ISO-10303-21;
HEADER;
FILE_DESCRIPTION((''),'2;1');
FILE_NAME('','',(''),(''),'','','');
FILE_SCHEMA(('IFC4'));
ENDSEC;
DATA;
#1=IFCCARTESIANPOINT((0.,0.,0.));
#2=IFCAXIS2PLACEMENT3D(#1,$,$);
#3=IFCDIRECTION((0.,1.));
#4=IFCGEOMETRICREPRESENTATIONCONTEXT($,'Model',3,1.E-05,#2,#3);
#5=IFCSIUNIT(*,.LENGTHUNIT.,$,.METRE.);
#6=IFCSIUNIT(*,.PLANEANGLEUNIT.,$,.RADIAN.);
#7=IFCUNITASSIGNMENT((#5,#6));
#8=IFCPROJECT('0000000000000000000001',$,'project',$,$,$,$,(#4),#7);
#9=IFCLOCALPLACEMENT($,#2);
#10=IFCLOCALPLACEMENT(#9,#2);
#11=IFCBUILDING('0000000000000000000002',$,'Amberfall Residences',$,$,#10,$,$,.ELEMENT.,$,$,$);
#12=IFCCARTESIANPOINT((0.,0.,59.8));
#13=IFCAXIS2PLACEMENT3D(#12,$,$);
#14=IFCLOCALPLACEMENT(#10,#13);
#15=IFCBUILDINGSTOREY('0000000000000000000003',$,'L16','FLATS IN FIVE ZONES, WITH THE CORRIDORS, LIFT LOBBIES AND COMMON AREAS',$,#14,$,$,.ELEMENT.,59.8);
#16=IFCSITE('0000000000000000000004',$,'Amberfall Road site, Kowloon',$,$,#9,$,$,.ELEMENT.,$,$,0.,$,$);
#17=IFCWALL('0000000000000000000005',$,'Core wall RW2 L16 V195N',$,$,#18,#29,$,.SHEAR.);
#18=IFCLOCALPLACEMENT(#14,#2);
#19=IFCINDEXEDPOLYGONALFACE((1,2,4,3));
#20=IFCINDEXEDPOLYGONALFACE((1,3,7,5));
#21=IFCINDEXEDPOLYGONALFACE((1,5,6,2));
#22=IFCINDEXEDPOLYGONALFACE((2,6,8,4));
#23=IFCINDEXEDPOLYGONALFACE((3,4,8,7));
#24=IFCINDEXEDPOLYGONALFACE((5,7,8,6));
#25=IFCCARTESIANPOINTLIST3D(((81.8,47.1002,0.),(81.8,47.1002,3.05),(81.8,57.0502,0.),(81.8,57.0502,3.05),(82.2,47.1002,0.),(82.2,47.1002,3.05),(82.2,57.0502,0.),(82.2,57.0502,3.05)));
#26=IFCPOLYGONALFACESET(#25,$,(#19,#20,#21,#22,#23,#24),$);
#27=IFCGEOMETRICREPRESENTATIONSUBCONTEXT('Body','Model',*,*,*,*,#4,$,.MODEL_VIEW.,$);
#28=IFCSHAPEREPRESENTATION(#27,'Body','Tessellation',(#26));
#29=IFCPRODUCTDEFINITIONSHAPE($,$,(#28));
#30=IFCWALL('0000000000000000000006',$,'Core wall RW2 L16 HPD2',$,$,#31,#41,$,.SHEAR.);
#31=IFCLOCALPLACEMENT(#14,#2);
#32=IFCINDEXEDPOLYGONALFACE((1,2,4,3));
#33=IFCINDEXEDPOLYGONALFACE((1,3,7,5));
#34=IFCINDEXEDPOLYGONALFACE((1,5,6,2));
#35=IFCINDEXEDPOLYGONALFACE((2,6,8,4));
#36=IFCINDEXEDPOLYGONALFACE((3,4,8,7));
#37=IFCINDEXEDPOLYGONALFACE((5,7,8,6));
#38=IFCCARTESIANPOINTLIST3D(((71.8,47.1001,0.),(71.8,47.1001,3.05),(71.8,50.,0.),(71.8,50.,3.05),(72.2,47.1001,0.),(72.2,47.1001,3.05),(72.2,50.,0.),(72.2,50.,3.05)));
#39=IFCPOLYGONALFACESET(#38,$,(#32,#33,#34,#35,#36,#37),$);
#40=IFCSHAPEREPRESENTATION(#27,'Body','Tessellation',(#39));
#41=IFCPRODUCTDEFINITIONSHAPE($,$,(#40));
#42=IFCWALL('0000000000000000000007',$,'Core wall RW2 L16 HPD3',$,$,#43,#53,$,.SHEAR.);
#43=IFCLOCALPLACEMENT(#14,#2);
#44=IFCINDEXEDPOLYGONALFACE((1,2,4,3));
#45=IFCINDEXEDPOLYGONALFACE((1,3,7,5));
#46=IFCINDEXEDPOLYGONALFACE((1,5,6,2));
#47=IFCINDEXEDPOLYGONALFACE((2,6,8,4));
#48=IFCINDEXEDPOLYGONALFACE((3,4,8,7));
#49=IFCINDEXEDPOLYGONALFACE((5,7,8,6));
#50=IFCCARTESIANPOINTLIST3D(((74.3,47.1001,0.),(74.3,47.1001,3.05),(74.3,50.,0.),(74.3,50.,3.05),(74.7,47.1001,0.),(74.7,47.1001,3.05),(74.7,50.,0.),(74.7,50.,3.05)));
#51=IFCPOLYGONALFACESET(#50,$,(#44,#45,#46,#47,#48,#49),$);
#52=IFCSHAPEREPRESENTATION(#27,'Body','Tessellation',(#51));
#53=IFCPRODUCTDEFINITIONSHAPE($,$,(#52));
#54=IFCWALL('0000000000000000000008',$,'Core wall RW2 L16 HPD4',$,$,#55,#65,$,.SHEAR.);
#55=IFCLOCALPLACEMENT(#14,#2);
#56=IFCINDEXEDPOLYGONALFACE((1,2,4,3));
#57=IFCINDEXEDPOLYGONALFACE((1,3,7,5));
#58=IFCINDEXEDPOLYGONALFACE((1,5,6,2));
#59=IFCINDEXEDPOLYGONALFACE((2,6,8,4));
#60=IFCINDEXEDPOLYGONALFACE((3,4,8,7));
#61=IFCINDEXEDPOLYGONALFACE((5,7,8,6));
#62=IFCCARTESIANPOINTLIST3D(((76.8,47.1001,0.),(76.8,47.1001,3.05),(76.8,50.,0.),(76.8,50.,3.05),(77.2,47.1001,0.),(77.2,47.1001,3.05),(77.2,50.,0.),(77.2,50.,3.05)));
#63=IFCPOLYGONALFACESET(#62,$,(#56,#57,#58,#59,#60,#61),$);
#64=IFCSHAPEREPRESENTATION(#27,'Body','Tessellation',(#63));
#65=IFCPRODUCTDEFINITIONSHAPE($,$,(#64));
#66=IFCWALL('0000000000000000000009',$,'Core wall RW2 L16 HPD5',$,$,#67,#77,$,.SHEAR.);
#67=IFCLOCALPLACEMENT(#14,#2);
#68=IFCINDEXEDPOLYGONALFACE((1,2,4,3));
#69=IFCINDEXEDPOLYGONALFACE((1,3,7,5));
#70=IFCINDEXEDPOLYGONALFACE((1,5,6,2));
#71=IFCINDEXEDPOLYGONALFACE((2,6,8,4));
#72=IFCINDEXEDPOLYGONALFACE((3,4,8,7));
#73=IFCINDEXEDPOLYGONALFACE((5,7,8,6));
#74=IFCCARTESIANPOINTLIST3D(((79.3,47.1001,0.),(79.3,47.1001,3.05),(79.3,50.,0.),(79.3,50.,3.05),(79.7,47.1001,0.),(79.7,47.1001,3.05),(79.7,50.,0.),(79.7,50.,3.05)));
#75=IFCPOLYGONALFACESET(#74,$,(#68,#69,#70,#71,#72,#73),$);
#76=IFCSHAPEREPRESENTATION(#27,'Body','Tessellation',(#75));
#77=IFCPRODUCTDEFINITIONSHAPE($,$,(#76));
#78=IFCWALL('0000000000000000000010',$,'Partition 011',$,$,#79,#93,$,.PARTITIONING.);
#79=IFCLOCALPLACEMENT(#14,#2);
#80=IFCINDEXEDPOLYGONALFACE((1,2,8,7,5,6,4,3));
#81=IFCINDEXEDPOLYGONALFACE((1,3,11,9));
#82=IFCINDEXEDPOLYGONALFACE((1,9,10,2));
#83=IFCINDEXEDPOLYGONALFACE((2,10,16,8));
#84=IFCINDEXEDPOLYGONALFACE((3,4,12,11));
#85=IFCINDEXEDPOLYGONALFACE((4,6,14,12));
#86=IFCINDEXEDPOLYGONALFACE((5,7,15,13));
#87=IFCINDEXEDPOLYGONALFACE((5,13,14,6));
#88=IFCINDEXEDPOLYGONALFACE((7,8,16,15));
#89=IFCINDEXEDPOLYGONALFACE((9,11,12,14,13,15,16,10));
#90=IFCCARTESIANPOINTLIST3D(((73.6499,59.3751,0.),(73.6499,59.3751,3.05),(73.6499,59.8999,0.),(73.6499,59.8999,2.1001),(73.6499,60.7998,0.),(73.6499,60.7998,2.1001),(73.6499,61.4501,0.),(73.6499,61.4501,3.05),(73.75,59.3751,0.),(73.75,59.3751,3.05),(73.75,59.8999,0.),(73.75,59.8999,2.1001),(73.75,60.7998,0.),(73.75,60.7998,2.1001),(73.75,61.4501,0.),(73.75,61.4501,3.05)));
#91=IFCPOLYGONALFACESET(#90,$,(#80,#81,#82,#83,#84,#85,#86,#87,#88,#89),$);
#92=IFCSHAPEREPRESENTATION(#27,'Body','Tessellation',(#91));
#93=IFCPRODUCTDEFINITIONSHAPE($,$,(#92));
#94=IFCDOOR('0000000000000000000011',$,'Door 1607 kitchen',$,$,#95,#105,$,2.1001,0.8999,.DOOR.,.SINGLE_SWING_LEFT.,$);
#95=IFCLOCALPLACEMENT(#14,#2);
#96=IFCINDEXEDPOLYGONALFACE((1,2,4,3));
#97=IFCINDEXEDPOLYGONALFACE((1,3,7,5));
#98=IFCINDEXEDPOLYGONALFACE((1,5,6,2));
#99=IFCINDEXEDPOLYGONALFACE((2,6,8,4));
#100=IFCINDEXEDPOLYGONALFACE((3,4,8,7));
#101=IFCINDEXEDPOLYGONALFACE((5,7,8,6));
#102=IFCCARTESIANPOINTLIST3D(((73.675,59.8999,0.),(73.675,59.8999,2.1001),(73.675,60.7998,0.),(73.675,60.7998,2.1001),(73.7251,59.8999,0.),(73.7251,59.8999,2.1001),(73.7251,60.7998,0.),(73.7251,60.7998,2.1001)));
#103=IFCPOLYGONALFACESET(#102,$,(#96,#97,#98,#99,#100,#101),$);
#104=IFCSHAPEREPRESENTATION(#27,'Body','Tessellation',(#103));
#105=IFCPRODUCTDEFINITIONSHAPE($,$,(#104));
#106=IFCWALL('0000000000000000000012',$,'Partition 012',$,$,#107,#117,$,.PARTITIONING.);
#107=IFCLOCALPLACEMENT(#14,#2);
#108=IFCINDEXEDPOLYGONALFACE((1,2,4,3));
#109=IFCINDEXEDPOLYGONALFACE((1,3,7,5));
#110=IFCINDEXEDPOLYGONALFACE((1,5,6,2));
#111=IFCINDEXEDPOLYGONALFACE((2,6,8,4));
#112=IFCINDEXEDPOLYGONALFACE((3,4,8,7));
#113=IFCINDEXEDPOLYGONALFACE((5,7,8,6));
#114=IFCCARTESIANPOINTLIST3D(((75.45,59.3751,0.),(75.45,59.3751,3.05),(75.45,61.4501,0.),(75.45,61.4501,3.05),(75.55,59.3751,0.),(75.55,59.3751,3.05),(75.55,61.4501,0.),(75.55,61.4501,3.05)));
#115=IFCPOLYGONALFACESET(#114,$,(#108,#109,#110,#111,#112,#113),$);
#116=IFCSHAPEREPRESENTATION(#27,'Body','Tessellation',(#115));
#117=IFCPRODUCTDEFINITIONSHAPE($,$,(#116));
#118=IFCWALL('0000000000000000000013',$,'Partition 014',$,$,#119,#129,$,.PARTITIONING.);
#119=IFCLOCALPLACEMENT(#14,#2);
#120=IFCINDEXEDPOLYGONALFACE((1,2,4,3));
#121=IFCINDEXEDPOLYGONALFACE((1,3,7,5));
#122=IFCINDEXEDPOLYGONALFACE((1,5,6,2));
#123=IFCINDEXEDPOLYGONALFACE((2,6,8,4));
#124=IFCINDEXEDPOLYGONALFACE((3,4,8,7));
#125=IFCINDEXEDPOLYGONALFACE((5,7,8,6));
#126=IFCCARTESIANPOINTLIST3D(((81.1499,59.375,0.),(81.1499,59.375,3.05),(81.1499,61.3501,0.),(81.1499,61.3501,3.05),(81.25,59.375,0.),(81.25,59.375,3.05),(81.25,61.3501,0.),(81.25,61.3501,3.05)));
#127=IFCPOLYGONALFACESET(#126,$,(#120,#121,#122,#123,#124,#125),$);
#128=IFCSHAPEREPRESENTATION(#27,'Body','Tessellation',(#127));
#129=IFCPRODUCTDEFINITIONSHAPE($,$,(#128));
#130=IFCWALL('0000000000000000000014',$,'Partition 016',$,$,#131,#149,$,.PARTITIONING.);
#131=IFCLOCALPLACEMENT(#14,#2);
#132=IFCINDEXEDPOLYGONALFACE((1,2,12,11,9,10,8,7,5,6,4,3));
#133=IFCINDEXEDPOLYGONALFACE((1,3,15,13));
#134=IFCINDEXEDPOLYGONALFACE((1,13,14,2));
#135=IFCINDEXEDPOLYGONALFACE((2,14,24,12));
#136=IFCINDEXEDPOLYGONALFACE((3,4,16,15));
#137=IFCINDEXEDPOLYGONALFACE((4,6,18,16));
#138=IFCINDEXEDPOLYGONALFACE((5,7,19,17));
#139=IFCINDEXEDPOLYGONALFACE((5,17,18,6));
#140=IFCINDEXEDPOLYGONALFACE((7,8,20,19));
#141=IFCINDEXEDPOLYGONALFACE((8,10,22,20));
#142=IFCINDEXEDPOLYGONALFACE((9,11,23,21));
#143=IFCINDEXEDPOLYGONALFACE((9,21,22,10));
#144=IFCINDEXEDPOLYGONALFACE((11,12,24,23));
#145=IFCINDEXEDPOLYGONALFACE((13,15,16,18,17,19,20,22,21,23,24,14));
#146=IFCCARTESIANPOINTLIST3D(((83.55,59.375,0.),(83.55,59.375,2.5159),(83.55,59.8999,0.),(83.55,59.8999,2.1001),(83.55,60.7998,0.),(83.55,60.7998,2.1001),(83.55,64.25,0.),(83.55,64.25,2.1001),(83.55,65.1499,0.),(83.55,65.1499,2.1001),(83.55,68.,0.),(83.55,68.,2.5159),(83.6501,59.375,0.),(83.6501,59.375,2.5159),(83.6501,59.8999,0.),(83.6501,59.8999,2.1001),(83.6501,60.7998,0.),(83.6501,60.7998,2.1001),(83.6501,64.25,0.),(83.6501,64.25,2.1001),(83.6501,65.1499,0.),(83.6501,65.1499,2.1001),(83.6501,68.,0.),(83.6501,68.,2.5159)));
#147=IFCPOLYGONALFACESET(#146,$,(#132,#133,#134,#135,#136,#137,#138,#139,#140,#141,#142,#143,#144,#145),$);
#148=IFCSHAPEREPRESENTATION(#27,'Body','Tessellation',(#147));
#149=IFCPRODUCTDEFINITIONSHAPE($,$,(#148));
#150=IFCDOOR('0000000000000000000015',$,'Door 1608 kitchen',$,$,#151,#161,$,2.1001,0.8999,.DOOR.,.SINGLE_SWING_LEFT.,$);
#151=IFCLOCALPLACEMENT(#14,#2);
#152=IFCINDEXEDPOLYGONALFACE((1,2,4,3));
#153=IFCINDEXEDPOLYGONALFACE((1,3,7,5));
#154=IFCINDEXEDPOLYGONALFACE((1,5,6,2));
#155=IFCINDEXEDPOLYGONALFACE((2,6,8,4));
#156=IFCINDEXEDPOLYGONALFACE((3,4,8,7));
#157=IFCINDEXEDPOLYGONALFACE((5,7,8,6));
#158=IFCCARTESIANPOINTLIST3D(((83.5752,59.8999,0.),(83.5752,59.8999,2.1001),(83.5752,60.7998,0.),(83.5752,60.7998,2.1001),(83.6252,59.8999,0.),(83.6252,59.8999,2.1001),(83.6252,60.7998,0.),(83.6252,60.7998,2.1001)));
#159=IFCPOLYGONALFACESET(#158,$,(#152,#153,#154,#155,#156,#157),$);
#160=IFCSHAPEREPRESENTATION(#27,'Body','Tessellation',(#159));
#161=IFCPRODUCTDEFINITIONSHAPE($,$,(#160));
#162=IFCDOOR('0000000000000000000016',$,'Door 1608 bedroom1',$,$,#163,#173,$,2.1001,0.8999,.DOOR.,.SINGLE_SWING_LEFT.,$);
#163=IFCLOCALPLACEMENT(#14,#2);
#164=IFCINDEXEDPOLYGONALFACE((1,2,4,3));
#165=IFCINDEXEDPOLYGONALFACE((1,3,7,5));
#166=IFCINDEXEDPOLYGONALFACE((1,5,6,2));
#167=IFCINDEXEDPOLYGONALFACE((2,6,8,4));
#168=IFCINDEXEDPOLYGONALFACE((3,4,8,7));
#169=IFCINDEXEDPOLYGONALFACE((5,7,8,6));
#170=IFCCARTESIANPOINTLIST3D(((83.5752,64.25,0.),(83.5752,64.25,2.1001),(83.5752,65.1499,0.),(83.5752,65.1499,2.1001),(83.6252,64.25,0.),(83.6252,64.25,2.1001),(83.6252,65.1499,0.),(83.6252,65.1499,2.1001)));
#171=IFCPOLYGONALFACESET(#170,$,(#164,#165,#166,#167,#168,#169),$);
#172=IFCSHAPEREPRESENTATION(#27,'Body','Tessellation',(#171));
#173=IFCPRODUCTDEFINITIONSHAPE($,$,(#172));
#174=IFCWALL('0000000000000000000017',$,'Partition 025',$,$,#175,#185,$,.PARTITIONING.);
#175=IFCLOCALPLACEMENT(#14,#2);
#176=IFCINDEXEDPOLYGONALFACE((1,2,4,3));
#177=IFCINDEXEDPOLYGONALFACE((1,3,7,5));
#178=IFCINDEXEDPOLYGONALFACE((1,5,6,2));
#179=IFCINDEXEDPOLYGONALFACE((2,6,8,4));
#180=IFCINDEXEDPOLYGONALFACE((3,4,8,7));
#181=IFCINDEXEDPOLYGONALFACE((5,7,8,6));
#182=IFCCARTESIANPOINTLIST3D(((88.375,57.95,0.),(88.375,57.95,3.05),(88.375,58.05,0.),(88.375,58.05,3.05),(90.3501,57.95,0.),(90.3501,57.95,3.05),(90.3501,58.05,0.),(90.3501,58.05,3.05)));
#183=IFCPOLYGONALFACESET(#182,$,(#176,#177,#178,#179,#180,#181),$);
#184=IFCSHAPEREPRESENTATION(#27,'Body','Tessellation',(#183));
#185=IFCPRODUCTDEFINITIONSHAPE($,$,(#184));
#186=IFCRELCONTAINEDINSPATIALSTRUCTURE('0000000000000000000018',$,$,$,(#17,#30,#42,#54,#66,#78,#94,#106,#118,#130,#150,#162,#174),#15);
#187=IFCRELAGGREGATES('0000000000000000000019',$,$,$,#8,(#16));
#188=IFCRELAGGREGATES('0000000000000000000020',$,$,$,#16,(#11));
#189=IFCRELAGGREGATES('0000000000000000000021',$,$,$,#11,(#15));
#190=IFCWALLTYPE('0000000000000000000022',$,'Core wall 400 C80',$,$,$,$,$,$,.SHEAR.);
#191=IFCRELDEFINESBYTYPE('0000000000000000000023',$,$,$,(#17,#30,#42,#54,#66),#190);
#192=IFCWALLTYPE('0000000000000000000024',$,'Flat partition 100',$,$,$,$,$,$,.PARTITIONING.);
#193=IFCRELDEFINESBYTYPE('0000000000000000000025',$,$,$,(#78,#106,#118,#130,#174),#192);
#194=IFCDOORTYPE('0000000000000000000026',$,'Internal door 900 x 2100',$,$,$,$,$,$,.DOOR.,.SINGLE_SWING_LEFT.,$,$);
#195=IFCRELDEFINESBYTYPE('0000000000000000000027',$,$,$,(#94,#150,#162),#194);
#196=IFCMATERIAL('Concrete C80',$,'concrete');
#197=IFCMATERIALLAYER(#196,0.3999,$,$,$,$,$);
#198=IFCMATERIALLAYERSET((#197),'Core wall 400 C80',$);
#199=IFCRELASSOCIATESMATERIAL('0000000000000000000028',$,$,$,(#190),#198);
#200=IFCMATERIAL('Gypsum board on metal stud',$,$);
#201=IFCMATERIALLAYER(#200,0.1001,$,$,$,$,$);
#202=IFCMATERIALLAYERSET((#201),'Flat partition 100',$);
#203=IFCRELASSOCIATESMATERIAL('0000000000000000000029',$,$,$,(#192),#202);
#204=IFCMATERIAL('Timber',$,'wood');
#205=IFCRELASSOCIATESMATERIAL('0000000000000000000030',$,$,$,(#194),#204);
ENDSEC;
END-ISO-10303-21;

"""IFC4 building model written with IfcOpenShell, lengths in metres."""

from ifc_helpers import new_model, si_unit, direction, frame, frame_2d, origin, place, context, subcontext, project, spatial, rectangle, extrude, material, layer, layer_set, type_object, element, fill, save


model = new_model("IFC4")

# Units and contexts
model_context = context("Model", 3, precision=1e-05, world=origin(), true_north=direction((0.0, 1.0)))
body_context = subcontext(model_context, "Body", "Model", "MODEL_VIEW")
ifc_project = project(units=[si_unit("LENGTHUNIT", "METRE"), si_unit("PLANEANGLEUNIT", "RADIAN")], contexts=[model_context])

# Site, building, storey
site_placement = place(None, origin())
site = spatial("IfcSite", under=ifc_project, at=site_placement, Name="Amberfall Road site, Kowloon", CompositionType="ELEMENT", RefElevation=0.0)
building_placement = place(site_placement, origin())
building = spatial("IfcBuilding", under=site, at=building_placement, Name="Amberfall Residences", CompositionType="ELEMENT")
storey_placement = place(building_placement, frame((0.0, 0.0, 59.8)))
storey = spatial("IfcBuildingStorey", under=building, at=storey_placement, Name="L16", Description="FLATS IN FIVE ZONES, WITH THE CORRIDORS, LIFT LOBBIES AND COMMON AREAS", CompositionType="ELEMENT", Elevation=59.8)

# Walls
ifc_material_1 = material(Name="Concrete C80", Category="concrete")
ifc_layer_1 = layer(ifc_material_1, 0.3999)
ifc_layer_set_1 = layer_set([ifc_layer_1], Name="Core wall 400 C80")
wall_type_1 = type_object("IfcWallType", Name="Core wall 400 C80", PredefinedType="SHEAR", material=ifc_layer_set_1)
wall_1_placement = place(storey_placement, frame((82.0, 47.1001, 0.0), z_axis=(0.0, 0.0, 1.0), x_axis=(0.0, 1.0, 0.0)))
element("IfcWall", 1, at=wall_1_placement, inside=storey, type_object=wall_type_1, Name="Core wall RW2 L16 V195N", PredefinedType="SHEAR", context=body_context, shape_type="SweptSolid", body=[
    extrude(rectangle(XDim=9.95, YDim=0.3999, at=frame_2d((4.9751, 0.0))), origin(), (0.0, 0.0, 1.0), 3.05),
])
for number, where, z_axis, x_axis, name in (
    (2, (72.0, 47.1001, 0.0), (0.0, 0.0, 1.0), (0.0, 1.0, 0.0), "Core wall RW2 L16 HPD2"),
    (3, (74.5, 47.1001, 0.0), (0.0, 0.0, 1.0), (0.0, 1.0, 0.0), "Core wall RW2 L16 HPD3"),
    (4, (77.0, 47.1001, 0.0), (0.0, 0.0, 1.0), (0.0, 1.0, 0.0), "Core wall RW2 L16 HPD4"),
    (5, (79.5, 47.1001, 0.0), (0.0, 0.0, 1.0), (0.0, 1.0, 0.0), "Core wall RW2 L16 HPD5"),
):
    element("IfcWall", number, at=place(storey_placement, frame(where, z_axis=z_axis, x_axis=x_axis)), inside=storey, type_object=wall_type_1, Name=name, PredefinedType="SHEAR", context=body_context, shape_type="SweptSolid", body=[
        extrude(rectangle(XDim=2.8999, YDim=0.3999, at=frame_2d((1.45, 0.0))), origin(), (0.0, 0.0, 1.0), 3.05),
    ])

# Wall, opening, door
ifc_material_2 = material(Name="Gypsum board on metal stud")
ifc_layer_2 = layer(ifc_material_2, 0.1001)
ifc_layer_set_2 = layer_set([ifc_layer_2], Name="Flat partition 100")
wall_type_2 = type_object("IfcWallType", Name="Flat partition 100", PredefinedType="PARTITIONING", material=ifc_layer_set_2)
wall_2_placement = place(storey_placement, frame((73.7, 59.375, 0.0), z_axis=(0.0, 0.0, 1.0), x_axis=(0.0, 1.0, 0.0)))
wall_2 = element("IfcWall", 6, at=wall_2_placement, inside=storey, type_object=wall_type_2, Name="Partition 011", PredefinedType="PARTITIONING", context=body_context, shape_type="SweptSolid", body=[
    extrude(rectangle(XDim=2.075, YDim=0.1001, at=frame_2d((1.0376, 0.0))), origin(), (0.0, 0.0, 1.0), 3.05),
])
opening_1_placement = place(wall_2_placement, frame((0.5249, 0.0, 0.0)))
opening_1 = element("IfcOpeningElement", 7, at=opening_1_placement, cuts=wall_2, PredefinedType="OPENING", context=body_context, shape_type="SweptSolid", body=[
    extrude(rectangle(XDim=0.8999, YDim=2.1001, at=frame_2d((0.45, 1.05))), frame((0.0, 0.0601, 0.0), z_axis=(0.0, -1.0, 0.0), x_axis=(1.0, 0.0, 0.0)), (0.0, 0.0, 1.0), 0.1201),
])
ifc_material_3 = material(Name="Timber", Category="wood")
door_type_1 = type_object("IfcDoorType", Name="Internal door 900 x 2100", OperationType="SINGLE_SWING_LEFT", PredefinedType="DOOR", material=ifc_material_3)
door_1_placement = place(opening_1_placement, origin())
door_1 = element("IfcDoor", 8, at=door_1_placement, inside=storey, type_object=door_type_1, Name="Door 1607 kitchen", OperationType="SINGLE_SWING_LEFT", OverallHeight=2.1001, OverallWidth=0.8999, PredefinedType="DOOR", context=body_context, shape_type="SweptSolid", body=[
    extrude(rectangle(XDim=0.8999, YDim=2.1001, at=frame_2d((0.45, 1.05))), frame((0.0, 0.0249, 0.0), z_axis=(0.0, -1.0, 0.0), x_axis=(1.0, 0.0, 0.0)), (0.0, 0.0, 1.0), 0.05),
])
fill(opening_1, door_1)

# Walls
wall_3_placement = place(storey_placement, frame((75.5, 59.375, 0.0), z_axis=(0.0, 0.0, 1.0), x_axis=(0.0, 1.0, 0.0)))
element("IfcWall", 9, at=wall_3_placement, inside=storey, type_object=wall_type_2, Name="Partition 012", PredefinedType="PARTITIONING", context=body_context, shape_type="SweptSolid", body=[
    extrude(rectangle(XDim=2.075, YDim=0.1001, at=frame_2d((1.0376, 0.0))), origin(), (0.0, 0.0, 1.0), 3.05),
])
wall_4_placement = place(storey_placement, frame((81.2, 59.375, 0.0), z_axis=(0.0, 0.0, 1.0), x_axis=(0.0, 1.0, 0.0)))
element("IfcWall", 10, at=wall_4_placement, inside=storey, type_object=wall_type_2, Name="Partition 014", PredefinedType="PARTITIONING", context=body_context, shape_type="SweptSolid", body=[
    extrude(rectangle(XDim=1.9751, YDim=0.1001, at=frame_2d((0.9875, 0.0))), origin(), (0.0, 0.0, 1.0), 3.05),
])

# Wall, openings, doors
wall_5_placement = place(storey_placement, frame((83.6001, 59.375, 0.0), z_axis=(0.0, 0.0, 1.0), x_axis=(0.0, 1.0, 0.0)))
wall_5 = element("IfcWall", 11, at=wall_5_placement, inside=storey, type_object=wall_type_2, Name="Partition 016", PredefinedType="PARTITIONING", context=body_context, shape_type="SweptSolid", body=[
    extrude(rectangle(XDim=8.625, YDim=0.1001, at=frame_2d((4.3125, 0.0))), origin(), (0.0, 0.0, 1.0), 2.5159),
])
opening_2_placement = place(wall_5_placement, frame((0.5249, 0.0, 0.0)))
opening_2 = element("IfcOpeningElement", 12, at=opening_2_placement, cuts=wall_5, PredefinedType="OPENING", context=body_context, shape_type="SweptSolid", body=[
    extrude(rectangle(XDim=0.8999, YDim=2.1001, at=frame_2d((0.45, 1.05))), frame((0.0, 0.0601, 0.0), z_axis=(0.0, -1.0, 0.0), x_axis=(1.0, 0.0, 0.0)), (0.0, 0.0, 1.0), 0.1201),
])
opening_3_placement = place(wall_5_placement, frame((4.875, 0.0, 0.0)))
opening_3 = element("IfcOpeningElement", 13, at=opening_3_placement, cuts=wall_5, PredefinedType="OPENING", context=body_context, shape_type="SweptSolid", body=[
    extrude(rectangle(XDim=0.8999, YDim=2.1001, at=frame_2d((0.45, 1.05))), frame((0.0, 0.0601, 0.0), z_axis=(0.0, -1.0, 0.0), x_axis=(1.0, 0.0, 0.0)), (0.0, 0.0, 1.0), 0.1201),
])
door_2_placement = place(opening_2_placement, origin())
door_2 = element("IfcDoor", 14, at=door_2_placement, inside=storey, type_object=door_type_1, Name="Door 1608 kitchen", OperationType="SINGLE_SWING_LEFT", OverallHeight=2.1001, OverallWidth=0.8999, PredefinedType="DOOR", context=body_context, shape_type="SweptSolid", body=[
    extrude(rectangle(XDim=0.8999, YDim=2.1001, at=frame_2d((0.45, 1.05))), frame((0.0, 0.0249, 0.0), z_axis=(0.0, -1.0, 0.0), x_axis=(1.0, 0.0, 0.0)), (0.0, 0.0, 1.0), 0.05),
])
fill(opening_2, door_2)
door_3_placement = place(opening_3_placement, origin())
door_3 = element("IfcDoor", 15, at=door_3_placement, inside=storey, type_object=door_type_1, Name="Door 1608 bedroom1", OperationType="SINGLE_SWING_LEFT", OverallHeight=2.1001, OverallWidth=0.8999, PredefinedType="DOOR", context=body_context, shape_type="SweptSolid", body=[
    extrude(rectangle(XDim=0.8999, YDim=2.1001, at=frame_2d((0.45, 1.05))), frame((0.0, 0.0249, 0.0), z_axis=(0.0, -1.0, 0.0), x_axis=(1.0, 0.0, 0.0)), (0.0, 0.0, 1.0), 0.05),
])
fill(opening_3, door_3)

# Wall
wall_6_placement = place(storey_placement, frame((88.375, 58.0, 0.0), z_axis=(0.0, 0.0, 1.0), x_axis=(1.0, 0.0, 0.0)))
element("IfcWall", 16, at=wall_6_placement, inside=storey, type_object=wall_type_2, Name="Partition 025", PredefinedType="PARTITIONING", context=body_context, shape_type="SweptSolid", body=[
    extrude(rectangle(XDim=1.9751, YDim=0.1001, at=frame_2d((0.9875, 0.0))), origin(), (0.0, 0.0, 1.0), 3.05),
])

save(model, "model.ifc")
